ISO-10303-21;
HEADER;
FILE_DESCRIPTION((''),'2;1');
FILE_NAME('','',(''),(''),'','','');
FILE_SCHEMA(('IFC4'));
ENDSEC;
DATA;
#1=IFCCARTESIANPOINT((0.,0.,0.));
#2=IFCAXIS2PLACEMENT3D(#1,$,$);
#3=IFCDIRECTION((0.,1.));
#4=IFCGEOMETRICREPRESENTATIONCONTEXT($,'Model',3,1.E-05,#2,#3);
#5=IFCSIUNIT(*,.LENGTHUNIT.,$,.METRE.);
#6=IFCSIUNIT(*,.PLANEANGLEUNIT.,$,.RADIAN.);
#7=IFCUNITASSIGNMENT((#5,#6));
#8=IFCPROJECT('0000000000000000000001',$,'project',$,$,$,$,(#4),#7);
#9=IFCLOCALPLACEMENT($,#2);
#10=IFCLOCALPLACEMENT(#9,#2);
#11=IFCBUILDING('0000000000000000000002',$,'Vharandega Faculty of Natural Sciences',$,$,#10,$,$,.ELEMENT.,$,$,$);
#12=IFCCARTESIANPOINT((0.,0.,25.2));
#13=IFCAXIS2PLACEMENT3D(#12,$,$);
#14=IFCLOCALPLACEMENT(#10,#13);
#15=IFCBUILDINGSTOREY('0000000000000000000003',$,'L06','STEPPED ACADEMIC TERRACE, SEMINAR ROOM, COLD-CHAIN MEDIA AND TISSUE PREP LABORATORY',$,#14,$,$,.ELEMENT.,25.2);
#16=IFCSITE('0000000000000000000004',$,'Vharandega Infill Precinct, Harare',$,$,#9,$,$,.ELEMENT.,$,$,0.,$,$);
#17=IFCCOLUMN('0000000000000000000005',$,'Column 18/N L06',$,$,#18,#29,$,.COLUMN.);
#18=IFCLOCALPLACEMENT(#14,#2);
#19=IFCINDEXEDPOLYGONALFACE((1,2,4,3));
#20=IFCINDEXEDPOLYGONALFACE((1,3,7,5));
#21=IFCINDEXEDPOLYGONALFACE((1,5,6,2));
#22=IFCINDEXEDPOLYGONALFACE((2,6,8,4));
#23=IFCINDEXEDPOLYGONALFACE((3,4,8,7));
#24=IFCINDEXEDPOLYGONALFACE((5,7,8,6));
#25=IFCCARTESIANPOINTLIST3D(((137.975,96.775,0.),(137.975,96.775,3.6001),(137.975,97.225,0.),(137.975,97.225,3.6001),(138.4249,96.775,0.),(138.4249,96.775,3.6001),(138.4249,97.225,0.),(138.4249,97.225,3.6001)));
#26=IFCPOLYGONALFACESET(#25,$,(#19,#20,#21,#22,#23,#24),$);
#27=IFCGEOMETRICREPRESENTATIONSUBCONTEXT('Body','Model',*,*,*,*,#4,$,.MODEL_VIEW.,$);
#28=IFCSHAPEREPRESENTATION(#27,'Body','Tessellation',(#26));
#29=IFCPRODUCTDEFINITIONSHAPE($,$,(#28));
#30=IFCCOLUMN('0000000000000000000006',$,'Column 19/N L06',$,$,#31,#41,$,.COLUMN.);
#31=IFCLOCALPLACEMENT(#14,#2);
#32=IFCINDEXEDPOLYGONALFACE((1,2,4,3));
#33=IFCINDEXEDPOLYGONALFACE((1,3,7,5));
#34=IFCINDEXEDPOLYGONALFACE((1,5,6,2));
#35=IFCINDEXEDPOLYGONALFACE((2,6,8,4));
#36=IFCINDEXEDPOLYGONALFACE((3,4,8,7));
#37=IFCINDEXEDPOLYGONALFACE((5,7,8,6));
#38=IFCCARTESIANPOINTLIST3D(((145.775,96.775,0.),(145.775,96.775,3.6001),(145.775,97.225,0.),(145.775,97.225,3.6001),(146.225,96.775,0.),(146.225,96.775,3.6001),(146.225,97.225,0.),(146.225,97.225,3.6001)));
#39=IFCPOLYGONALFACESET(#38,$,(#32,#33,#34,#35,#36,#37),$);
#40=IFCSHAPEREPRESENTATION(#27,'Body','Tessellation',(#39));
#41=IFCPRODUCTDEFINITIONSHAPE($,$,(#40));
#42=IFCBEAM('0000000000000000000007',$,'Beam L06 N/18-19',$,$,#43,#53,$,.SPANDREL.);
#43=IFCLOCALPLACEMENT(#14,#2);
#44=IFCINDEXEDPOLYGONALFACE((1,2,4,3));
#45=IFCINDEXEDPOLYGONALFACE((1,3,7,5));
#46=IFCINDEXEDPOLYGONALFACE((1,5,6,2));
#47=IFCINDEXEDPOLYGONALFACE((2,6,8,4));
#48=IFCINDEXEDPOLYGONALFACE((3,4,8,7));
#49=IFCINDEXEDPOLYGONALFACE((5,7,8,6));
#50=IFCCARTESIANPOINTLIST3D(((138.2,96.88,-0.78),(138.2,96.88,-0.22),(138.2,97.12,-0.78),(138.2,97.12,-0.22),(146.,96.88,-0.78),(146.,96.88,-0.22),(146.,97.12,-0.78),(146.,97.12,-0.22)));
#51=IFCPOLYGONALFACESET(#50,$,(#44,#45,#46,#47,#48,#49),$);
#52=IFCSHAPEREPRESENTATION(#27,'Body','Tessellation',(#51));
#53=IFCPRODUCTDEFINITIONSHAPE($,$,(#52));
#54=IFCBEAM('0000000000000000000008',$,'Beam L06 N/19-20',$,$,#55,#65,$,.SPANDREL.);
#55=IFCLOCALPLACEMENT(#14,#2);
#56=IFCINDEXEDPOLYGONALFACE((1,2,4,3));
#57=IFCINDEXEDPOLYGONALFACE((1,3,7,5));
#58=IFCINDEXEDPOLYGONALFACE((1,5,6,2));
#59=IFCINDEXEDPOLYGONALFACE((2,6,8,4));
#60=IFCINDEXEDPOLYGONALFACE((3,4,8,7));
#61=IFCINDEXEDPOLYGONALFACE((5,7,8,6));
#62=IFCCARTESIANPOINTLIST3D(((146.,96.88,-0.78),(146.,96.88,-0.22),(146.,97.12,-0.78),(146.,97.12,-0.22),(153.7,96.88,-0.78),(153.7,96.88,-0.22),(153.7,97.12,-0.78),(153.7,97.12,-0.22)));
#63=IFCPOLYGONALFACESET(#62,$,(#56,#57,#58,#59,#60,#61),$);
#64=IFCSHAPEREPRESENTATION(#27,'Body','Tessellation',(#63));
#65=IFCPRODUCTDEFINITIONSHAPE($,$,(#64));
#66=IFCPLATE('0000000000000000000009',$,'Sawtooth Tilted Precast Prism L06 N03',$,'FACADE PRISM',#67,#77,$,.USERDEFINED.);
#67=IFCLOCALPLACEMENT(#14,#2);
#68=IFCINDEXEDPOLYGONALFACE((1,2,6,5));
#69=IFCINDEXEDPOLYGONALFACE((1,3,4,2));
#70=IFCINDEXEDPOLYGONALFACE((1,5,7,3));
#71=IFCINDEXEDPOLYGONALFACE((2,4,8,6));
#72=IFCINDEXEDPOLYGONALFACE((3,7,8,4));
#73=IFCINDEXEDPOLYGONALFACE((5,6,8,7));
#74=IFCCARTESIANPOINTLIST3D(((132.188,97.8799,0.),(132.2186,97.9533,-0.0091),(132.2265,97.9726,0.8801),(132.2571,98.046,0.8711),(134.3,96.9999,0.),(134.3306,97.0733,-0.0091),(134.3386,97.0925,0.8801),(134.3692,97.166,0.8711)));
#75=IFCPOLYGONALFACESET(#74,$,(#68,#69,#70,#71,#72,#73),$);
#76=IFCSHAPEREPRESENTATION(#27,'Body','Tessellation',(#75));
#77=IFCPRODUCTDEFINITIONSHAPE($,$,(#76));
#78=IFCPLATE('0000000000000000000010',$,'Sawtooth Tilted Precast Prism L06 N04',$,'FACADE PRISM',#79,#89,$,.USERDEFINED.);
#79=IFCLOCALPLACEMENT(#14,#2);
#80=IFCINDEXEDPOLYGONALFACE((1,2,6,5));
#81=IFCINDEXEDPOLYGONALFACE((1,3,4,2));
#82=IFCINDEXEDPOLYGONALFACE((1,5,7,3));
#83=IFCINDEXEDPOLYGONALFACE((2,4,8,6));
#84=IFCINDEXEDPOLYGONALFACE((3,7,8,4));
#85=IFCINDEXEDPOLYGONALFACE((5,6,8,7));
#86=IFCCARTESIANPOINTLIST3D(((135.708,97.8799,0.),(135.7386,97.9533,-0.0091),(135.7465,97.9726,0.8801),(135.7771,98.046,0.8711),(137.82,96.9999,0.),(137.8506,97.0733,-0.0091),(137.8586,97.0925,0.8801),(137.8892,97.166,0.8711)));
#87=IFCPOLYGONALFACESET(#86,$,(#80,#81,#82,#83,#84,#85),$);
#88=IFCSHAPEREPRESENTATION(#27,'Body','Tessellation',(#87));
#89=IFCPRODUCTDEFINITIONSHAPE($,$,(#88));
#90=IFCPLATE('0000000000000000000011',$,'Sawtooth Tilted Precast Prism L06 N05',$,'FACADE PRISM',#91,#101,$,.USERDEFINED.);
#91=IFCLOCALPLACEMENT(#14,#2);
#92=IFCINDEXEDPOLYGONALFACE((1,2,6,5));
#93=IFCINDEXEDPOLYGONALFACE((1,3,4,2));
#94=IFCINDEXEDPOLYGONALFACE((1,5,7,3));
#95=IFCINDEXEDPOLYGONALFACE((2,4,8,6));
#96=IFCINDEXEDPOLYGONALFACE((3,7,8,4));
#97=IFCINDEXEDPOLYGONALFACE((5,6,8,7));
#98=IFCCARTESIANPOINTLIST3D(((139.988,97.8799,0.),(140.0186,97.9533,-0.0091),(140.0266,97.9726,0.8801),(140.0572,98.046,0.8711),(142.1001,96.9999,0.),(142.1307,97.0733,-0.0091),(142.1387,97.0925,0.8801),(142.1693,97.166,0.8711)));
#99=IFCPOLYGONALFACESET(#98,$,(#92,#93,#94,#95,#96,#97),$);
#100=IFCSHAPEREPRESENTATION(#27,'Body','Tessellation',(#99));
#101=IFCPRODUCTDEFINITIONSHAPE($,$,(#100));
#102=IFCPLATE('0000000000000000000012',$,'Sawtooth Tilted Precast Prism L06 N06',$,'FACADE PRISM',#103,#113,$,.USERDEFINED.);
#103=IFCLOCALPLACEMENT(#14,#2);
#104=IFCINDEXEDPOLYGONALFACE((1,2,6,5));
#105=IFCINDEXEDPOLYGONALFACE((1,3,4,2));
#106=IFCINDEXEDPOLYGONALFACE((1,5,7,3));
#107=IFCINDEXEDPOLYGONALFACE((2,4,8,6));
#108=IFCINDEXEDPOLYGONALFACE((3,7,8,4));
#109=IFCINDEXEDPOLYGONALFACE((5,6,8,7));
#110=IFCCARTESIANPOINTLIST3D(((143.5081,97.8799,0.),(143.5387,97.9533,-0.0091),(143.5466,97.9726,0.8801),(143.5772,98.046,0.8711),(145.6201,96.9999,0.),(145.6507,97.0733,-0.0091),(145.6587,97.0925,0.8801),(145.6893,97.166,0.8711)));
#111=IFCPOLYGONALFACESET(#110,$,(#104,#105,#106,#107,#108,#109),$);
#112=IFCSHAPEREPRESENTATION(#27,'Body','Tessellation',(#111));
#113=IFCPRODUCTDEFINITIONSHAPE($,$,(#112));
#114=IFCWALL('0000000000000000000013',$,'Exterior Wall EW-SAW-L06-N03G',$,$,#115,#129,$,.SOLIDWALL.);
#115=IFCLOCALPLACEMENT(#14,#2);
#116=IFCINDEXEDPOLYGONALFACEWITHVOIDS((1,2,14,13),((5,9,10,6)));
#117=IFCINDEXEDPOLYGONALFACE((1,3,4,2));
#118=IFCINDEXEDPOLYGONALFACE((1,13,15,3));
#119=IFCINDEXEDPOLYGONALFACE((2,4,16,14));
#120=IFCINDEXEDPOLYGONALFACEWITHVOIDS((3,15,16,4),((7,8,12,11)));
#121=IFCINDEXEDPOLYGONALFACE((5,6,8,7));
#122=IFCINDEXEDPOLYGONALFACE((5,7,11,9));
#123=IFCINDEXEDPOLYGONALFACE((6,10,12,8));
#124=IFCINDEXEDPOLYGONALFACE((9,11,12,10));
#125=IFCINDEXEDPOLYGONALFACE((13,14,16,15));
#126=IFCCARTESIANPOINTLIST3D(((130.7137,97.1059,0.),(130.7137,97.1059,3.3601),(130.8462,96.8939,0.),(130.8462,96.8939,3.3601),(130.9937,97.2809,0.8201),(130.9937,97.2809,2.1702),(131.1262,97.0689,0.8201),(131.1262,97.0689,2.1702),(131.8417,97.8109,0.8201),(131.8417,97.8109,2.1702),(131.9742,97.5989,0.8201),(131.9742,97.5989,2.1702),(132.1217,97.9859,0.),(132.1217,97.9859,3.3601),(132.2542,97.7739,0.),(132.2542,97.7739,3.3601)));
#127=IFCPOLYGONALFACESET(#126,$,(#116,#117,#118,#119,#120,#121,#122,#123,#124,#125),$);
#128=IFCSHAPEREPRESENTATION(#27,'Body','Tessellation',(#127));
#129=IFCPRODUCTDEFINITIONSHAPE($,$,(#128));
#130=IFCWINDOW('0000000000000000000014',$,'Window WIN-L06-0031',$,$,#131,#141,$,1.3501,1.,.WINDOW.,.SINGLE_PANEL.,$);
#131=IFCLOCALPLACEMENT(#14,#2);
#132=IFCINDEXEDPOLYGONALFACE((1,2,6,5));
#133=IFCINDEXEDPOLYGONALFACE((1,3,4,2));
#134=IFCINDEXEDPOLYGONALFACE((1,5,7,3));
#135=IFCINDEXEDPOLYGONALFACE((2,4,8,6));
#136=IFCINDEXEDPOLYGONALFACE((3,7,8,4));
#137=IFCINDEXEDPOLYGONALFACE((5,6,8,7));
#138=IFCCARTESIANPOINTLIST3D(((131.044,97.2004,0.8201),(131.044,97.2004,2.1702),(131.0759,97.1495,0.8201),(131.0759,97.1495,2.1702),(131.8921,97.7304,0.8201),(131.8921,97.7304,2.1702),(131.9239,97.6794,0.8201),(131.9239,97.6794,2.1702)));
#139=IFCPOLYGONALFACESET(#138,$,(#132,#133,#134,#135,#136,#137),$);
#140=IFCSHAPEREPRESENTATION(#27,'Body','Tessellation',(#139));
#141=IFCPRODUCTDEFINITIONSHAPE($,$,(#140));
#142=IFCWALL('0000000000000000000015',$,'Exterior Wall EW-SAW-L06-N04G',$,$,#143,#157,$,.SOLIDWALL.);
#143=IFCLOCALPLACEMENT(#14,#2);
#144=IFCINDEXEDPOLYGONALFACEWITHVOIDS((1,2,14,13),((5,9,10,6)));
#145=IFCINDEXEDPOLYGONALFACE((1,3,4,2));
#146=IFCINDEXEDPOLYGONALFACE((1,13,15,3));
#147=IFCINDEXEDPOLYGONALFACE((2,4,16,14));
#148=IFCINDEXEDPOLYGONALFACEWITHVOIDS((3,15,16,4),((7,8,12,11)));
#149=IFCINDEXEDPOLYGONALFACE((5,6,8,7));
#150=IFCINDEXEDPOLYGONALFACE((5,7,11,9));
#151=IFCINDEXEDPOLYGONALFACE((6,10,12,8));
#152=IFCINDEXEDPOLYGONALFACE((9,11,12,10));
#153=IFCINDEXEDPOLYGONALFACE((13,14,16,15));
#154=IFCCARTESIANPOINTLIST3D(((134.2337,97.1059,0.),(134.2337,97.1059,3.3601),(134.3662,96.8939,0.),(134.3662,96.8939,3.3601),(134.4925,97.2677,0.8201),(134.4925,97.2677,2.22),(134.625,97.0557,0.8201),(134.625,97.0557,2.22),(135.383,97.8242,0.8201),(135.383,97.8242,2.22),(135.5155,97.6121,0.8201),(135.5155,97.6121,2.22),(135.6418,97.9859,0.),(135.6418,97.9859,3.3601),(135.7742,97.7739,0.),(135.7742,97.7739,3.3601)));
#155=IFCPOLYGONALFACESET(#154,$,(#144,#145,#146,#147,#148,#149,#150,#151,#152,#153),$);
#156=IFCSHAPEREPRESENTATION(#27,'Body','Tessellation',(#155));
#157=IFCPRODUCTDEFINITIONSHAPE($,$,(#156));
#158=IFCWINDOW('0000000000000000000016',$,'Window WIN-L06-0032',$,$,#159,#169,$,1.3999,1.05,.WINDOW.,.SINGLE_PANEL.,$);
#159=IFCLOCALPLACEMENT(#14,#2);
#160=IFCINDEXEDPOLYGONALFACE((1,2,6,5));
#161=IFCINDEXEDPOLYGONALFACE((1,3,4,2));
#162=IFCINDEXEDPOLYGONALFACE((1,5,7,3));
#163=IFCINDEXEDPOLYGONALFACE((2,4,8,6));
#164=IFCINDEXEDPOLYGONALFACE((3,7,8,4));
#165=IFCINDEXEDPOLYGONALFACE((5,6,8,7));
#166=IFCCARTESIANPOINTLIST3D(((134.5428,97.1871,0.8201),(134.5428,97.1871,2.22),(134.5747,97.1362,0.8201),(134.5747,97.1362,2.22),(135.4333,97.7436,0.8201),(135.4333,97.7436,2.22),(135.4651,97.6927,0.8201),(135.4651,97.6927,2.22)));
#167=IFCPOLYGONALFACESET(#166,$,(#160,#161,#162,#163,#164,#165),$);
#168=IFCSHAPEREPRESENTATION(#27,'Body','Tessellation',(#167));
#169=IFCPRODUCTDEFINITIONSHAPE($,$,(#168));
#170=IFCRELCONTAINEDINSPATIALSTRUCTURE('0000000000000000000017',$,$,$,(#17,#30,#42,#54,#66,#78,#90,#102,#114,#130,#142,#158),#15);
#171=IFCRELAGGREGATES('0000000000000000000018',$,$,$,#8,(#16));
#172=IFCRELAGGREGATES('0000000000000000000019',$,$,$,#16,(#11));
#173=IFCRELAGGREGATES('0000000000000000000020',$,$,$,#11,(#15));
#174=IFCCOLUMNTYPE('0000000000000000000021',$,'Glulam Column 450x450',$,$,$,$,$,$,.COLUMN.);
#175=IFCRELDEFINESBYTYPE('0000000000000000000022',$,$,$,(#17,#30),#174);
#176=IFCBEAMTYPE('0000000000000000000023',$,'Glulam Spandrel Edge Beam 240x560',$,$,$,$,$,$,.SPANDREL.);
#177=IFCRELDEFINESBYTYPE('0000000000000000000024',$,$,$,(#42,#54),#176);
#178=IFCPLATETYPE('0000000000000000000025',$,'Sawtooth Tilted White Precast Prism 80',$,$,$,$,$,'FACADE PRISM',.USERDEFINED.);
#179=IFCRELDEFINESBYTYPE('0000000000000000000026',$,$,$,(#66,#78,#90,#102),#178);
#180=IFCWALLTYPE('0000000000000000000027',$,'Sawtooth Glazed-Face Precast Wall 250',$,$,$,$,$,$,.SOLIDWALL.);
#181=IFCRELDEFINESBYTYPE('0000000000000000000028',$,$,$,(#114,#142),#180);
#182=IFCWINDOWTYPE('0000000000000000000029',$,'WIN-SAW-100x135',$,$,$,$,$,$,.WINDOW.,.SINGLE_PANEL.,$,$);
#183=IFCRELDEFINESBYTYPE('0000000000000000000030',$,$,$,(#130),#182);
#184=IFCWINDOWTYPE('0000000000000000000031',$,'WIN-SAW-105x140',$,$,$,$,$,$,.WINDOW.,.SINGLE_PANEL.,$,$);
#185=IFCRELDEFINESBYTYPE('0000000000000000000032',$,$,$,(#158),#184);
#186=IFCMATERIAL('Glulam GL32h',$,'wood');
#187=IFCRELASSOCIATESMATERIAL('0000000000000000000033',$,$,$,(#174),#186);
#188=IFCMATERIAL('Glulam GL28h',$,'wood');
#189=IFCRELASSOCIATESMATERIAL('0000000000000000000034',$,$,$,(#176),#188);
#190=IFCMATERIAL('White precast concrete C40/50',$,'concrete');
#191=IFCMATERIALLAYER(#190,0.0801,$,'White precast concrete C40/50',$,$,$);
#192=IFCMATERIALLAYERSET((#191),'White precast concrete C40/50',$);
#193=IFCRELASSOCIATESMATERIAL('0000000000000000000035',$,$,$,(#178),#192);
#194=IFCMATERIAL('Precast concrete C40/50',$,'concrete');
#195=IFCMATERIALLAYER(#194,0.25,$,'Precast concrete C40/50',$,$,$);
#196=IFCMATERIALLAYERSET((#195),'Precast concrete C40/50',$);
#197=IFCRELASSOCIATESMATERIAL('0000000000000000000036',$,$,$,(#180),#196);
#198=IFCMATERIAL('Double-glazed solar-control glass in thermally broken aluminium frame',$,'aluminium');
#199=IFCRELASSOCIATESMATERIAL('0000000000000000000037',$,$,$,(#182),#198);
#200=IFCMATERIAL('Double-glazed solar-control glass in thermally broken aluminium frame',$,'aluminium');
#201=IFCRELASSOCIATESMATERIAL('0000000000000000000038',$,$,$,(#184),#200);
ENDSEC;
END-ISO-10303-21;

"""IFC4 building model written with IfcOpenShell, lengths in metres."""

from ifc_helpers import new_model, si_unit, direction, frame, frame_2d, origin, origin_2d, place, context, subcontext, project, spatial, polyline, rectangle, outline, extrude, material, layer, layer_set, material_profile, profile_set, type_object, element, fill, save


model = new_model("IFC4")

# Units and contexts
model_context = context("Model", 3, precision=1e-05, world=origin(), true_north=direction((0.0, 1.0)))
body_context = subcontext(model_context, "Body", "Model", "MODEL_VIEW")
ifc_project = project(units=[si_unit("LENGTHUNIT", "METRE"), si_unit("PLANEANGLEUNIT", "RADIAN")], contexts=[model_context])

# Site, building, storey
site_placement = place(None, origin())
site = spatial("IfcSite", under=ifc_project, at=site_placement, Name="Vharandega Infill Precinct, Harare", CompositionType="ELEMENT", RefElevation=0.0)
building_placement = place(site_placement, origin())
building = spatial("IfcBuilding", under=site, at=building_placement, Name="Vharandega Faculty of Natural Sciences", CompositionType="ELEMENT")
storey_placement = place(building_placement, frame((0.0, 0.0, 25.2)))
storey = spatial("IfcBuildingStorey", under=building, at=storey_placement, Name="L06", Description="STEPPED ACADEMIC TERRACE, SEMINAR ROOM, COLD-CHAIN MEDIA AND TISSUE PREP LABORATORY", CompositionType="ELEMENT", Elevation=25.2)

# Columns
ifc_material_1 = material(Name="Glulam GL32h", Category="wood")
ifc_material_profile_1 = material_profile(ifc_material_1, rectangle(XDim=0.45, YDim=0.45, at=origin_2d()), Name="GL32h 450x450")
ifc_profile_set_1 = profile_set([ifc_material_profile_1], Name="Glulam GL32h")
column_type = type_object("IfcColumnType", Name="Glulam Column 450x450", PredefinedType="COLUMN", material=ifc_profile_set_1)
for number, where, z_axis, x_axis, name in (
    (1, (138.2, 97.0, 0.0), (0.0, 0.0, 1.0), (1.0, 0.0, 0.0), "Column 18/N L06"),
    (2, (146.0, 97.0, 0.0), (0.0, 0.0, 1.0), (1.0, 0.0, 0.0), "Column 19/N L06"),
):
    element("IfcColumn", number, at=place(storey_placement, frame(where, z_axis=z_axis, x_axis=x_axis)), inside=storey, type_object=column_type, Name=name, PredefinedType="COLUMN", context=body_context, shape_type="SweptSolid", body=[
        extrude(rectangle(XDim=0.45, YDim=0.45, at=origin_2d()), origin(), (0.0, 0.0, 1.0), 3.6001),
    ])

# Beams
ifc_material_2 = material(Name="Glulam GL28h", Category="wood")
ifc_material_profile_2 = material_profile(ifc_material_2, rectangle(XDim=0.24, YDim=0.5601, at=origin_2d()), Name="GL28h 240x560")
ifc_profile_set_2 = profile_set([ifc_material_profile_2], Name="Glulam GL28h")
beam_type = type_object("IfcBeamType", Name="Glulam Spandrel Edge Beam 240x560", PredefinedType="SPANDREL", material=ifc_profile_set_2)
beam_1_placement = place(storey_placement, frame((138.2, 97.0, -0.5), z_axis=(1.0, 0.0, 0.0), x_axis=(0.0, 1.0, 0.0)))
element("IfcBeam", 3, at=beam_1_placement, inside=storey, type_object=beam_type, Name="Beam L06 N/18-19", PredefinedType="SPANDREL", context=body_context, shape_type="SweptSolid", body=[
    extrude(rectangle(XDim=0.24, YDim=0.5601, at=origin_2d()), origin(), (0.0, 0.0, 1.0), 7.8),
])
beam_2_placement = place(storey_placement, frame((146.0, 97.0, -0.5), z_axis=(1.0, 0.0, 0.0), x_axis=(0.0, 1.0, 0.0)))
element("IfcBeam", 4, at=beam_2_placement, inside=storey, type_object=beam_type, Name="Beam L06 N/19-20", PredefinedType="SPANDREL", context=body_context, shape_type="SweptSolid", body=[
    extrude(rectangle(XDim=0.24, YDim=0.5601, at=origin_2d()), origin(), (0.0, 0.0, 1.0), 7.7),
])

# Plates
ifc_material_3 = material(Name="White precast concrete C40/50", Category="concrete")
ifc_layer_1 = layer(ifc_material_3, 0.0801, Name="White precast concrete C40/50")
ifc_layer_set_1 = layer_set([ifc_layer_1], Name="White precast concrete C40/50")
plate_type = type_object("IfcPlateType", Name="Sawtooth Tilted White Precast Prism 80", ElementType="FACADE PRISM", PredefinedType="USERDEFINED", material=ifc_layer_set_1)
for number, where, z_axis, x_axis, name in (
    (5, (132.188, 97.8799, 0.0), (-0.382131, -0.917137, 0.113295), (0.043497, 0.104613, 0.993561), "Sawtooth Tilted Precast Prism L06 N03"),
    (6, (135.708, 97.8799, 0.0), (-0.382131, -0.917137, 0.113295), (0.043497, 0.104613, 0.993561), "Sawtooth Tilted Precast Prism L06 N04"),
    (7, (139.988, 97.8799, 0.0), (-0.382131, -0.917137, 0.113295), (0.043497, 0.104613, 0.993561), "Sawtooth Tilted Precast Prism L06 N05"),
    (8, (143.5081, 97.8799, 0.0), (-0.382131, -0.917137, 0.113295), (0.043497, 0.104613, 0.993561), "Sawtooth Tilted Precast Prism L06 N06"),
):
    element("IfcPlate", number, at=place(storey_placement, frame(where, z_axis=z_axis, x_axis=x_axis)), inside=storey, type_object=plate_type, Name=name, ObjectType="FACADE PRISM", PredefinedType="USERDEFINED", context=body_context, shape_type="SweptSolid", body=[
        extrude(outline(polyline([(0.0, 0.0), (0.8858, 0.0), (0.8856, -2.2881), (-0.0002, -2.288), (0.0, 0.0)])), origin(), (0.0, 0.0, -1.0), 0.0801),
    ])

# Walls, openings, windows
ifc_material_4 = material(Name="Precast concrete C40/50", Category="concrete")
ifc_layer_2 = layer(ifc_material_4, 0.25, Name="Precast concrete C40/50")
ifc_layer_set_2 = layer_set([ifc_layer_2], Name="Precast concrete C40/50")
wall_type_1 = type_object("IfcWallType", Name="Sawtooth Glazed-Face Precast Wall 250", PredefinedType="SOLIDWALL", material=ifc_layer_set_2)
wall_1_placement = place(storey_placement, frame((130.78, 97.0, 0.0), z_axis=(0.0, 0.0, 1.0), x_axis=(0.848023, 0.529959, 0.0)))
wall_1 = element("IfcWall", 9, at=wall_1_placement, inside=storey, type_object=wall_type_1, Name="Exterior Wall EW-SAW-L06-N03G", PredefinedType="SOLIDWALL", context=body_context, shape_type="SweptSolid", body=[
    extrude(rectangle(XDim=1.6604, YDim=0.25, at=frame_2d((0.8301, 0.0))), origin(), (0.0, 0.0, 1.0), 3.3601),
])
opening_1_placement = place(wall_1_placement, frame((0.3301, 0.0, 0.8201)))
opening_1 = element("IfcOpeningElement", 10, at=opening_1_placement, cuts=wall_1, PredefinedType="OPENING", context=body_context, shape_type="SweptSolid", body=[
    extrude(rectangle(XDim=1.0, YDim=1.3501, at=frame_2d((0.5, 0.675))), frame((0.0, 0.135, 0.0), z_axis=(0.0, -1.0, 0.0), x_axis=(1.0, 0.0, 0.0)), (0.0, 0.0, 1.0), 0.27),
])
ifc_material_5 = material(Name="Double-glazed solar-control glass in thermally broken aluminium frame", Category="aluminium")
window_type_1 = type_object("IfcWindowType", Name="WIN-SAW-100x135", PartitioningType="SINGLE_PANEL", PredefinedType="WINDOW", material=ifc_material_5)
window_1_placement = place(opening_1_placement, origin())
window_1 = element("IfcWindow", 11, at=window_1_placement, inside=storey, type_object=window_type_1, Name="Window WIN-L06-0031", OverallHeight=1.3501, OverallWidth=1.0, PartitioningType="SINGLE_PANEL", PredefinedType="WINDOW", context=body_context, shape_type="SweptSolid", body=[
    extrude(rectangle(XDim=1.0, YDim=1.3501, at=frame_2d((0.5, 0.675))), frame((0.0, 0.03, 0.0), z_axis=(0.0, -1.0, 0.0), x_axis=(1.0, 0.0, 0.0)), (0.0, 0.0, 1.0), 0.0601),
])
fill(opening_1, window_1)
wall_2_placement = place(storey_placement, frame((134.3, 97.0, 0.0), z_axis=(0.0, 0.0, 1.0), x_axis=(0.848023, 0.529959, 0.0)))
wall_2 = element("IfcWall", 12, at=wall_2_placement, inside=storey, type_object=wall_type_1, Name="Exterior Wall EW-SAW-L06-N04G", PredefinedType="SOLIDWALL", context=body_context, shape_type="SweptSolid", body=[
    extrude(rectangle(XDim=1.6604, YDim=0.25, at=frame_2d((0.8301, 0.0))), origin(), (0.0, 0.0, 1.0), 3.3601),
])
opening_2_placement = place(wall_2_placement, frame((0.3052, 0.0, 0.8201)))
opening_2 = element("IfcOpeningElement", 13, at=opening_2_placement, cuts=wall_2, PredefinedType="OPENING", context=body_context, shape_type="SweptSolid", body=[
    extrude(rectangle(XDim=1.05, YDim=1.3999, at=frame_2d((0.5249, 0.7))), frame((0.0, 0.135, 0.0), z_axis=(0.0, -1.0, 0.0), x_axis=(1.0, 0.0, 0.0)), (0.0, 0.0, 1.0), 0.27),
])
ifc_material_6 = material(Name="Double-glazed solar-control glass in thermally broken aluminium frame", Category="aluminium")
window_type_2 = type_object("IfcWindowType", Name="WIN-SAW-105x140", PartitioningType="SINGLE_PANEL", PredefinedType="WINDOW", material=ifc_material_6)
window_2_placement = place(opening_2_placement, origin())
window_2 = element("IfcWindow", 14, at=window_2_placement, inside=storey, type_object=window_type_2, Name="Window WIN-L06-0032", OverallHeight=1.3999, OverallWidth=1.05, PartitioningType="SINGLE_PANEL", PredefinedType="WINDOW", context=body_context, shape_type="SweptSolid", body=[
    extrude(rectangle(XDim=1.05, YDim=1.3999, at=frame_2d((0.5249, 0.7))), frame((0.0, 0.03, 0.0), z_axis=(0.0, -1.0, 0.0), x_axis=(1.0, 0.0, 0.0)), (0.0, 0.0, 1.0), 0.0601),
])
fill(opening_2, window_2)

save(model, "model.ifc")
